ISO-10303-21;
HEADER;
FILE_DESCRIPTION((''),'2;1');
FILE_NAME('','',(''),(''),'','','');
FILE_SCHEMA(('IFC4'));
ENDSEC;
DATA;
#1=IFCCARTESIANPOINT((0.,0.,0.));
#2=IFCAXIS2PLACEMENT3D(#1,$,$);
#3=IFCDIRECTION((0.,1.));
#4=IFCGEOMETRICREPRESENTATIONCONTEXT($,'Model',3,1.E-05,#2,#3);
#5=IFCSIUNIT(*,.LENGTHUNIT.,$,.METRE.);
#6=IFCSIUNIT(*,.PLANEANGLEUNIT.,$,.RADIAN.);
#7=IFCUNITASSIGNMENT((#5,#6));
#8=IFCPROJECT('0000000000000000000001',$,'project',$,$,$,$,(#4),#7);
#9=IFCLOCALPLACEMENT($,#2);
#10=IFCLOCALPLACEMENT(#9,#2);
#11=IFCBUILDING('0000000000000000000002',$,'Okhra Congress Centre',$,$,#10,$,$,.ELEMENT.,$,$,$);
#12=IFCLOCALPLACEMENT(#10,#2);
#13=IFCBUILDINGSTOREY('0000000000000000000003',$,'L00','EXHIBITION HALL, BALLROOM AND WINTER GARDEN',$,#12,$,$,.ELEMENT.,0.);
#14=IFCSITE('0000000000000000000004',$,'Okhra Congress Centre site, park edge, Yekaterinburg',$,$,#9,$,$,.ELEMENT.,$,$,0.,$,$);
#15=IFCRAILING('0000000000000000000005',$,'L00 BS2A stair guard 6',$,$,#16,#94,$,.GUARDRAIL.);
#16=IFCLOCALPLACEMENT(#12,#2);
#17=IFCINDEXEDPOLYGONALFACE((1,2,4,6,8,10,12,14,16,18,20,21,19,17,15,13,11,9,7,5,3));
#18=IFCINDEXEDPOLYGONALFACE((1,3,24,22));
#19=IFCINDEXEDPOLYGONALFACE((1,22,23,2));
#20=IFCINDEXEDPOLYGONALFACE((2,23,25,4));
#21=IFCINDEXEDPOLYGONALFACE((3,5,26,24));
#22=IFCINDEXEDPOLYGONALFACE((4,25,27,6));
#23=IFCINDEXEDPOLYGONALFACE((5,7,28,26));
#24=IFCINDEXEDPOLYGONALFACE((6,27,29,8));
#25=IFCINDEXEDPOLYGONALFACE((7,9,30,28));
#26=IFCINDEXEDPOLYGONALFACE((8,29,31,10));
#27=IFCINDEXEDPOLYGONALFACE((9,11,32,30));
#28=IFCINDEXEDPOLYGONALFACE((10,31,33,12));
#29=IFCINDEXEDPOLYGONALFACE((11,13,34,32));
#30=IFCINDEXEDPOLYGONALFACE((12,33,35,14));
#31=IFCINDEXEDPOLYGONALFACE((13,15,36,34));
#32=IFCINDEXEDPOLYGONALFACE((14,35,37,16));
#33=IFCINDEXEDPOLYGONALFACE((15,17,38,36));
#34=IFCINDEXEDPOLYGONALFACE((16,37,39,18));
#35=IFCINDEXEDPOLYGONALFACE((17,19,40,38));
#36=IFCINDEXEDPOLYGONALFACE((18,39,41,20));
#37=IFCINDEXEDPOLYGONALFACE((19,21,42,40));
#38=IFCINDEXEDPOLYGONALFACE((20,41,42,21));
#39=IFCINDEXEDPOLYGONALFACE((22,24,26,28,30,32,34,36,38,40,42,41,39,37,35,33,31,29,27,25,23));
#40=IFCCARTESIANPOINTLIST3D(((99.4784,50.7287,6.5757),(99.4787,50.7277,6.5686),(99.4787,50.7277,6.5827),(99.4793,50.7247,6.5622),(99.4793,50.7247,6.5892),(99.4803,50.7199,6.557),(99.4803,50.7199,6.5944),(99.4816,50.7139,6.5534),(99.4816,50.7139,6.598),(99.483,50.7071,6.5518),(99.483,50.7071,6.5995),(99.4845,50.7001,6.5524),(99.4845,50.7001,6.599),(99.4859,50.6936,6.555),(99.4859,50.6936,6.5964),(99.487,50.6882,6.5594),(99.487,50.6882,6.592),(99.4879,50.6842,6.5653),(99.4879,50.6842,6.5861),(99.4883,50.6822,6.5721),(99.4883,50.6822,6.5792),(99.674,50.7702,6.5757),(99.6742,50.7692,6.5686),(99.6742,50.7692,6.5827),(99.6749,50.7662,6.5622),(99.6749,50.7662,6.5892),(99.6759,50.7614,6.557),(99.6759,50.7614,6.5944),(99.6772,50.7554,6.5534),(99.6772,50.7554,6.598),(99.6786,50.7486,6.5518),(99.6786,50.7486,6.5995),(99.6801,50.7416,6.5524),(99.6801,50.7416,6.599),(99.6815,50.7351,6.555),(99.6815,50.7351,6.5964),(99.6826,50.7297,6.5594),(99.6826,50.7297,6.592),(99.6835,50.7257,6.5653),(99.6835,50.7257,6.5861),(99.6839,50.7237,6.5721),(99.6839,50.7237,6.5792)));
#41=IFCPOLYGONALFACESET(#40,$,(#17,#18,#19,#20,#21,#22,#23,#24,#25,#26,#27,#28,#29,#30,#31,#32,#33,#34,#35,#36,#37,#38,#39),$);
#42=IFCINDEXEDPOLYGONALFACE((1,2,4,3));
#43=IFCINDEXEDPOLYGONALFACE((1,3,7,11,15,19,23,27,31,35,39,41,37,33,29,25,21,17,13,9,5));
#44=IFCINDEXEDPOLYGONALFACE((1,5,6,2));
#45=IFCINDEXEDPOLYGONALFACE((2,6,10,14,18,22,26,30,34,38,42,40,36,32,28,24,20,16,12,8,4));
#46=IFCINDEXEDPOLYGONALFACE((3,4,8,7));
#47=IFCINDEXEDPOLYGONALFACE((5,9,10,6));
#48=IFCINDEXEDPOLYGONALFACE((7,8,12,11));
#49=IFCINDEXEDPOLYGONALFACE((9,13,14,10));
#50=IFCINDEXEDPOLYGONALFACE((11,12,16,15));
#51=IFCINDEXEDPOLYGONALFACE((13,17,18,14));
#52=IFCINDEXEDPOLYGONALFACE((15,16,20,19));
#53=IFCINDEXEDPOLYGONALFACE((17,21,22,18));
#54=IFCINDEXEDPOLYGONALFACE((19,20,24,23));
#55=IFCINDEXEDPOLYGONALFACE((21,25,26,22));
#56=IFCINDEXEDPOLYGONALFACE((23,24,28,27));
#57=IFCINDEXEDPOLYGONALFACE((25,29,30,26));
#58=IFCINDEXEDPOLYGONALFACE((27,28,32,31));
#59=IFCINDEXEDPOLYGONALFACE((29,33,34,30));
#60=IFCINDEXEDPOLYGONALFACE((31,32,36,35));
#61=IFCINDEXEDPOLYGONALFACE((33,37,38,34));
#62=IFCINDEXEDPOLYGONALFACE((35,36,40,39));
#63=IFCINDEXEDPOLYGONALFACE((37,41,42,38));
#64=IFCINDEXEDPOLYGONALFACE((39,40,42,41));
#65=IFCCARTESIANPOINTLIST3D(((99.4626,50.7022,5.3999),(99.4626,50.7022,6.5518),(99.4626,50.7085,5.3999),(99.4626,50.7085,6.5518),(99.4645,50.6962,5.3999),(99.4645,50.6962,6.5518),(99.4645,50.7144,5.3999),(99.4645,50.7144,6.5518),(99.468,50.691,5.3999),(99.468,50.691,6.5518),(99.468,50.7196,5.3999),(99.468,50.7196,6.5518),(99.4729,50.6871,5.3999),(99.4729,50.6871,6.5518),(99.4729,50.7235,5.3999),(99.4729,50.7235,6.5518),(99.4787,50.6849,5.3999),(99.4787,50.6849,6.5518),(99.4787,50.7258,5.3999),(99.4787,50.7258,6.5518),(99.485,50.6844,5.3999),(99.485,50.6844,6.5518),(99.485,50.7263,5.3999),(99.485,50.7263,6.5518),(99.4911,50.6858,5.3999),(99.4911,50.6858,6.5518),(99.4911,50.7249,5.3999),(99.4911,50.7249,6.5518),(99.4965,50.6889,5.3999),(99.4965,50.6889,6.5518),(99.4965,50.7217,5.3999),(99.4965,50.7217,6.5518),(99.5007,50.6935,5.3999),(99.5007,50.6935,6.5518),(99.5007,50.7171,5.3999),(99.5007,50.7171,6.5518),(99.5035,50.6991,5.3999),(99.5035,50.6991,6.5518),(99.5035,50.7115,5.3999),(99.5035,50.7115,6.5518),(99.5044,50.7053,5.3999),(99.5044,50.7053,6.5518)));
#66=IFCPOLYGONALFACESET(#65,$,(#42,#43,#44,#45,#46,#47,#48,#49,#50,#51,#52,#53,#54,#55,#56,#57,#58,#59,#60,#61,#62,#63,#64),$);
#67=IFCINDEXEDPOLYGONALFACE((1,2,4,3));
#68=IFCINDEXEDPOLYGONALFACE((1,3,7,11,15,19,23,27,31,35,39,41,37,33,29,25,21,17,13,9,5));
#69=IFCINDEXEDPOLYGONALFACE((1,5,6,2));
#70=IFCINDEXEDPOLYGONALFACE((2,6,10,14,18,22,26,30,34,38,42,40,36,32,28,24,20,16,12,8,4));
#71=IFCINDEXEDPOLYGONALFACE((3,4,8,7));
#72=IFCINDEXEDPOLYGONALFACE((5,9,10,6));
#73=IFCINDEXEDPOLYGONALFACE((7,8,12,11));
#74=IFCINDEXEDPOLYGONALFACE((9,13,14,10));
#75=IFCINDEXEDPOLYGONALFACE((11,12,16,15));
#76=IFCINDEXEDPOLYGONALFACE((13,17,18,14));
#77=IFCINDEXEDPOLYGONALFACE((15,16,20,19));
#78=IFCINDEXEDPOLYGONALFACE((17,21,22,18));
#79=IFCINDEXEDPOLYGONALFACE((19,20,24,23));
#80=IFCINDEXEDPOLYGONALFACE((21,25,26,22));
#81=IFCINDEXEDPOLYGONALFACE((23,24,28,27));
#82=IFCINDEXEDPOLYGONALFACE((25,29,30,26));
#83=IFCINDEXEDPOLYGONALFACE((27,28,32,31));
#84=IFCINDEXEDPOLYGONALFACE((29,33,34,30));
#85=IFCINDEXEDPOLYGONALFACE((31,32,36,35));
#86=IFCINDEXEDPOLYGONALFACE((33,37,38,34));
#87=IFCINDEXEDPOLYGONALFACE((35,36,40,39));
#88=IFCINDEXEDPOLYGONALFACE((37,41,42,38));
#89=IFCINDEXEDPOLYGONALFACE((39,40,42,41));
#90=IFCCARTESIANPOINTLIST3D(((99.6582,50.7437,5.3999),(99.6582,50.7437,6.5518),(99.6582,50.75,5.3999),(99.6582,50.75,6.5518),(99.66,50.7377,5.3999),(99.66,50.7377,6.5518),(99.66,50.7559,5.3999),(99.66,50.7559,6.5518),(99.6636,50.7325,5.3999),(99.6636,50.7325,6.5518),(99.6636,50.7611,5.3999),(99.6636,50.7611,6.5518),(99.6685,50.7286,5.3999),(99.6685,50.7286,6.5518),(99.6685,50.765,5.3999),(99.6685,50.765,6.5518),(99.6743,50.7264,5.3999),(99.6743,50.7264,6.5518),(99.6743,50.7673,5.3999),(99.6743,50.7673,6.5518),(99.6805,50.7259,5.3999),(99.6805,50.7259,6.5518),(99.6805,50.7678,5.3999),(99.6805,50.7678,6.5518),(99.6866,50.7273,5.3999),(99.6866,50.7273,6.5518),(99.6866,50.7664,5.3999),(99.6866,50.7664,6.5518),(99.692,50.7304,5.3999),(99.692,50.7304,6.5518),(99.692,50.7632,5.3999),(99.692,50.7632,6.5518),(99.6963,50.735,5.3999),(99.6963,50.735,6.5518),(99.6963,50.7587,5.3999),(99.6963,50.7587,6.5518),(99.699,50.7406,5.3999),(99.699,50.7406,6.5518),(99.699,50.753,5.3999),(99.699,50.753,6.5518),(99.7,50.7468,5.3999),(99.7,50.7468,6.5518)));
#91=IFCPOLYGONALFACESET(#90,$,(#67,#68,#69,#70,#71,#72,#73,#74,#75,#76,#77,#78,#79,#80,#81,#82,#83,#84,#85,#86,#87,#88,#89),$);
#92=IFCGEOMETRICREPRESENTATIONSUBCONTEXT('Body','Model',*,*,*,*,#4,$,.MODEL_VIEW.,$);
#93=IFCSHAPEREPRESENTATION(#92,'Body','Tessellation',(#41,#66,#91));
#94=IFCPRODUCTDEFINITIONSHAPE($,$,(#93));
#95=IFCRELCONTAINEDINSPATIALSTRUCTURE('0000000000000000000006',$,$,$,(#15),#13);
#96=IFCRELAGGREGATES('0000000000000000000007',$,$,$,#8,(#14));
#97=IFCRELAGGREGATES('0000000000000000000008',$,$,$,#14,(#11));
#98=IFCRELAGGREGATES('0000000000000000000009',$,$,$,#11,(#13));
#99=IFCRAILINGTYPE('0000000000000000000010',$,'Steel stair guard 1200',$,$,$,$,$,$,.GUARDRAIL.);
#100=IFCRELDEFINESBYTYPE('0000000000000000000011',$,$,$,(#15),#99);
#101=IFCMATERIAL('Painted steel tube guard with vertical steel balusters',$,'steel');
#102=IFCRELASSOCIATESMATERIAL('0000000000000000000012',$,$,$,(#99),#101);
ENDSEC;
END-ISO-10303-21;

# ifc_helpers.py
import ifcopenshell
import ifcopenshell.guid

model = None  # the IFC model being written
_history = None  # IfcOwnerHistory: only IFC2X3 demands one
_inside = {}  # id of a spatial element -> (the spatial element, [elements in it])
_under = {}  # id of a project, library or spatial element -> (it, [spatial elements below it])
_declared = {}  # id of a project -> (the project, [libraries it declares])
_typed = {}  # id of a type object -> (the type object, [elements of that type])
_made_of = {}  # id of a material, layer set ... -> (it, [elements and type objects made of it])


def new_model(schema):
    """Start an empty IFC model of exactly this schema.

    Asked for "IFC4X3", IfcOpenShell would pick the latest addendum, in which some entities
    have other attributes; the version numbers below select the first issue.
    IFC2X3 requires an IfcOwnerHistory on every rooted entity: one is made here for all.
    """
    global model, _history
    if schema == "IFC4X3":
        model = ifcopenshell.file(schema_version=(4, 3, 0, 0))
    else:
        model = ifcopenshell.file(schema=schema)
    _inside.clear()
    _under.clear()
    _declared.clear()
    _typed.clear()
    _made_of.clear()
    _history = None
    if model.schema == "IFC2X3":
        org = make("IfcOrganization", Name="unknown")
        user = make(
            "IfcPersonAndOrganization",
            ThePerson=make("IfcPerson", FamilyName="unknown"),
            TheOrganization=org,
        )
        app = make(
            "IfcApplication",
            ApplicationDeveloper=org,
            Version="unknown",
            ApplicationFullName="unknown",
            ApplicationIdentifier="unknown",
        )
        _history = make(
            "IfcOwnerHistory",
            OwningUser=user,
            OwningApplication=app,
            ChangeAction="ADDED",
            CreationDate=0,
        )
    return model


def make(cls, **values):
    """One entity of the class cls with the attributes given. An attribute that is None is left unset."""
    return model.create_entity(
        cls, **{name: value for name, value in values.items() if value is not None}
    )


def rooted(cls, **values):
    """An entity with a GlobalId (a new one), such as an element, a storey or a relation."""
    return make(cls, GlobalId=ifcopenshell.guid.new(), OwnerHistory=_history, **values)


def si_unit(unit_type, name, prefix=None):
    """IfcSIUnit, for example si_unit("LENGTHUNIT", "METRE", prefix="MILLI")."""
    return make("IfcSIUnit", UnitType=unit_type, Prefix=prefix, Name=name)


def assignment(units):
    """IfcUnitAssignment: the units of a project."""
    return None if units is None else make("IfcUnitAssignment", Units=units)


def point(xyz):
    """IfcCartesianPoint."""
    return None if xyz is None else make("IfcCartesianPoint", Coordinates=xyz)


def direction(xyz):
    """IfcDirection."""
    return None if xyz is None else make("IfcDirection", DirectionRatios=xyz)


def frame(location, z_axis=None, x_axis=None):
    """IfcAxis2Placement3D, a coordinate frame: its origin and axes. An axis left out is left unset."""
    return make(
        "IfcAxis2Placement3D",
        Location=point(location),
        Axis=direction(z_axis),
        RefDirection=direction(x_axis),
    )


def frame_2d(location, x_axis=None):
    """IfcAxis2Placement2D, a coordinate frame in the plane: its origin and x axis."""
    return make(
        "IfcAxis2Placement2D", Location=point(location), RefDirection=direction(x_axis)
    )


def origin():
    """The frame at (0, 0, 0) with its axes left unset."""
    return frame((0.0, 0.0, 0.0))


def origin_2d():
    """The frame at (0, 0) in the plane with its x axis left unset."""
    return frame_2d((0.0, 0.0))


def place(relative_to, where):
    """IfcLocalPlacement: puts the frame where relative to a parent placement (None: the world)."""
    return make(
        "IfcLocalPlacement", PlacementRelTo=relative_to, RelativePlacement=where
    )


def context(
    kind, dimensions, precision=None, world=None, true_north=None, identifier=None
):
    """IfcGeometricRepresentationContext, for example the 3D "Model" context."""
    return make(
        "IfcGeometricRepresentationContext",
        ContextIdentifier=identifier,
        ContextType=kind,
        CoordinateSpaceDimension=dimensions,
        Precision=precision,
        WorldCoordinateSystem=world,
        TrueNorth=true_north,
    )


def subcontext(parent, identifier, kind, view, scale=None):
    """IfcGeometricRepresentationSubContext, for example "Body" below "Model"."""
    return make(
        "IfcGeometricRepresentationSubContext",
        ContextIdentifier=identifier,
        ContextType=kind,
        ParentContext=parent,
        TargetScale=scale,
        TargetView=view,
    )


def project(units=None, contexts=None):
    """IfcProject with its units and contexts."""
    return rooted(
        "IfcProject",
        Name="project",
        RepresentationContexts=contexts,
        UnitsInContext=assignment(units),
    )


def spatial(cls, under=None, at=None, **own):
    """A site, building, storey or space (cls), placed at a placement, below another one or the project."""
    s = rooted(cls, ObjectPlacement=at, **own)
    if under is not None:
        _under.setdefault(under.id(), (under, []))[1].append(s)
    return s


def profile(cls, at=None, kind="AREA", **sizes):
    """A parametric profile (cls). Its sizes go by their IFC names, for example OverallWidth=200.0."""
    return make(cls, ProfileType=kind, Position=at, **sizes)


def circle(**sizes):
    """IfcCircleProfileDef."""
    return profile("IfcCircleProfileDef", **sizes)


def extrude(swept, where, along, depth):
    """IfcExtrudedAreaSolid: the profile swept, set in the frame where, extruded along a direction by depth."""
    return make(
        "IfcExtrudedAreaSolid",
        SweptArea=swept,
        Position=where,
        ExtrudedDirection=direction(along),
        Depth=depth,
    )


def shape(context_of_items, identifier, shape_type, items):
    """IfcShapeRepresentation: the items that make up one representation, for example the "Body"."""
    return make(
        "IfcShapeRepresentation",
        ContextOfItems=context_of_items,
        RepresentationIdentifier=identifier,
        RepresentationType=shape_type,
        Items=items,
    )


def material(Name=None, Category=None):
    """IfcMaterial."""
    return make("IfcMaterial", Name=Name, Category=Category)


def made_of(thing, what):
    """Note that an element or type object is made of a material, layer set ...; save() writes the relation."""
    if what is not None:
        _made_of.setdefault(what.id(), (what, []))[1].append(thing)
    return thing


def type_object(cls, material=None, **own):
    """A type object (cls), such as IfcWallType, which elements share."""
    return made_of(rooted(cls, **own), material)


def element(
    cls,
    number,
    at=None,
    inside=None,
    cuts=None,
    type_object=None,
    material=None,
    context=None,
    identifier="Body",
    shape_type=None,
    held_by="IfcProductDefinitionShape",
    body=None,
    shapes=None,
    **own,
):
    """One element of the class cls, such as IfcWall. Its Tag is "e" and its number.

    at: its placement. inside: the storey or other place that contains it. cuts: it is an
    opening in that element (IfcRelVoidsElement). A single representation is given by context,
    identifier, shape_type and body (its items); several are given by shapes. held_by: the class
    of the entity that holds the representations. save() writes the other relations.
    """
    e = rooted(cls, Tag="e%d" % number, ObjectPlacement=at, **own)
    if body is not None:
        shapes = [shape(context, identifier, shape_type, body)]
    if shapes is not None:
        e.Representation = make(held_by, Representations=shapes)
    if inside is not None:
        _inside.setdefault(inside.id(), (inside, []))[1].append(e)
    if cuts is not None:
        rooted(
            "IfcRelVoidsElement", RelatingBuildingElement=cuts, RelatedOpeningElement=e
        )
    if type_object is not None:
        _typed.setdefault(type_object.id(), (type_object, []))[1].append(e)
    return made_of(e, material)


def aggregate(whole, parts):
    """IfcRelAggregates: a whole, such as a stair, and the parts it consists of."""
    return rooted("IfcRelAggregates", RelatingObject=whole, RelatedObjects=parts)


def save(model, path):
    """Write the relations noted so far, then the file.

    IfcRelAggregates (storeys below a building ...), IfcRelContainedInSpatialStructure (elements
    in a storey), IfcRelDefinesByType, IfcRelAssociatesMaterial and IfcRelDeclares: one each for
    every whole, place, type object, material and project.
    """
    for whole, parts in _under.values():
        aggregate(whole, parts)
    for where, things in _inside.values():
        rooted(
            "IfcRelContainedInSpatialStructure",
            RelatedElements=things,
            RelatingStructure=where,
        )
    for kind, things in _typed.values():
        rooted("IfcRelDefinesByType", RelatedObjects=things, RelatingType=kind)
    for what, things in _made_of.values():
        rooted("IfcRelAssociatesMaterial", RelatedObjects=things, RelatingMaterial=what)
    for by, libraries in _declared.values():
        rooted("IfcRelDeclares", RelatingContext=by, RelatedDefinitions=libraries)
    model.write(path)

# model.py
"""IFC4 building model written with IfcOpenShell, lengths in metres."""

from ifc_helpers import new_model, si_unit, direction, frame, origin, origin_2d, place, context, subcontext, project, spatial, circle, extrude, material, type_object, element, save


model = new_model("IFC4")

# Units and contexts
model_context = context("Model", 3, precision=1e-05, world=origin(), true_north=direction((0.0, 1.0)))
body_context = subcontext(model_context, "Body", "Model", "MODEL_VIEW")
ifc_project = project(units=[si_unit("LENGTHUNIT", "METRE"), si_unit("PLANEANGLEUNIT", "RADIAN")], contexts=[model_context])

# Site, building, storey
site_placement = place(None, origin())
site = spatial("IfcSite", under=ifc_project, at=site_placement, Name="Okhra Congress Centre site, park edge, Yekaterinburg", CompositionType="ELEMENT", RefElevation=0.0)
building_placement = place(site_placement, origin())
building = spatial("IfcBuilding", under=site, at=building_placement, Name="Okhra Congress Centre", CompositionType="ELEMENT")
storey_placement = place(building_placement, origin())
storey = spatial("IfcBuildingStorey", under=building, at=storey_placement, Name="L00", Description="EXHIBITION HALL, BALLROOM AND WINTER GARDEN", CompositionType="ELEMENT", Elevation=0.0)

# Railing
ifc_material_1 = material(Name="Painted steel tube guard with vertical steel balusters", Category="steel")
railing_type_1 = type_object("IfcRailingType", Name="Steel stair guard 1200", PredefinedType="GUARDRAIL", material=ifc_material_1)
railing_1_placement = place(storey_placement, frame((99.4834, 50.7053, 5.3999)))
element("IfcRailing", 1, at=railing_1_placement, inside=storey, type_object=railing_type_1, Name="L00 BS2A stair guard 6", PredefinedType="GUARDRAIL", context=body_context, shape_type="SweptSolid", body=[
    extrude(circle(Radius=0.0239, at=origin_2d()), frame((0.0, 0.0, 1.1758), z_axis=(0.978212, 0.20761, 0.0), x_axis=(-0.20761, 0.978212, 0.0)), (0.0, 0.0, 1.0), 0.2),
    extrude(circle(Radius=0.021, at=origin_2d()), origin(), (0.0, 0.0, 1.0), 1.1519),
    extrude(circle(Radius=0.021, at=origin_2d()), frame((0.1956, 0.0415, 0.0)), (0.0, 0.0, 1.0), 1.1519),
])

save(model, "model.ifc")
